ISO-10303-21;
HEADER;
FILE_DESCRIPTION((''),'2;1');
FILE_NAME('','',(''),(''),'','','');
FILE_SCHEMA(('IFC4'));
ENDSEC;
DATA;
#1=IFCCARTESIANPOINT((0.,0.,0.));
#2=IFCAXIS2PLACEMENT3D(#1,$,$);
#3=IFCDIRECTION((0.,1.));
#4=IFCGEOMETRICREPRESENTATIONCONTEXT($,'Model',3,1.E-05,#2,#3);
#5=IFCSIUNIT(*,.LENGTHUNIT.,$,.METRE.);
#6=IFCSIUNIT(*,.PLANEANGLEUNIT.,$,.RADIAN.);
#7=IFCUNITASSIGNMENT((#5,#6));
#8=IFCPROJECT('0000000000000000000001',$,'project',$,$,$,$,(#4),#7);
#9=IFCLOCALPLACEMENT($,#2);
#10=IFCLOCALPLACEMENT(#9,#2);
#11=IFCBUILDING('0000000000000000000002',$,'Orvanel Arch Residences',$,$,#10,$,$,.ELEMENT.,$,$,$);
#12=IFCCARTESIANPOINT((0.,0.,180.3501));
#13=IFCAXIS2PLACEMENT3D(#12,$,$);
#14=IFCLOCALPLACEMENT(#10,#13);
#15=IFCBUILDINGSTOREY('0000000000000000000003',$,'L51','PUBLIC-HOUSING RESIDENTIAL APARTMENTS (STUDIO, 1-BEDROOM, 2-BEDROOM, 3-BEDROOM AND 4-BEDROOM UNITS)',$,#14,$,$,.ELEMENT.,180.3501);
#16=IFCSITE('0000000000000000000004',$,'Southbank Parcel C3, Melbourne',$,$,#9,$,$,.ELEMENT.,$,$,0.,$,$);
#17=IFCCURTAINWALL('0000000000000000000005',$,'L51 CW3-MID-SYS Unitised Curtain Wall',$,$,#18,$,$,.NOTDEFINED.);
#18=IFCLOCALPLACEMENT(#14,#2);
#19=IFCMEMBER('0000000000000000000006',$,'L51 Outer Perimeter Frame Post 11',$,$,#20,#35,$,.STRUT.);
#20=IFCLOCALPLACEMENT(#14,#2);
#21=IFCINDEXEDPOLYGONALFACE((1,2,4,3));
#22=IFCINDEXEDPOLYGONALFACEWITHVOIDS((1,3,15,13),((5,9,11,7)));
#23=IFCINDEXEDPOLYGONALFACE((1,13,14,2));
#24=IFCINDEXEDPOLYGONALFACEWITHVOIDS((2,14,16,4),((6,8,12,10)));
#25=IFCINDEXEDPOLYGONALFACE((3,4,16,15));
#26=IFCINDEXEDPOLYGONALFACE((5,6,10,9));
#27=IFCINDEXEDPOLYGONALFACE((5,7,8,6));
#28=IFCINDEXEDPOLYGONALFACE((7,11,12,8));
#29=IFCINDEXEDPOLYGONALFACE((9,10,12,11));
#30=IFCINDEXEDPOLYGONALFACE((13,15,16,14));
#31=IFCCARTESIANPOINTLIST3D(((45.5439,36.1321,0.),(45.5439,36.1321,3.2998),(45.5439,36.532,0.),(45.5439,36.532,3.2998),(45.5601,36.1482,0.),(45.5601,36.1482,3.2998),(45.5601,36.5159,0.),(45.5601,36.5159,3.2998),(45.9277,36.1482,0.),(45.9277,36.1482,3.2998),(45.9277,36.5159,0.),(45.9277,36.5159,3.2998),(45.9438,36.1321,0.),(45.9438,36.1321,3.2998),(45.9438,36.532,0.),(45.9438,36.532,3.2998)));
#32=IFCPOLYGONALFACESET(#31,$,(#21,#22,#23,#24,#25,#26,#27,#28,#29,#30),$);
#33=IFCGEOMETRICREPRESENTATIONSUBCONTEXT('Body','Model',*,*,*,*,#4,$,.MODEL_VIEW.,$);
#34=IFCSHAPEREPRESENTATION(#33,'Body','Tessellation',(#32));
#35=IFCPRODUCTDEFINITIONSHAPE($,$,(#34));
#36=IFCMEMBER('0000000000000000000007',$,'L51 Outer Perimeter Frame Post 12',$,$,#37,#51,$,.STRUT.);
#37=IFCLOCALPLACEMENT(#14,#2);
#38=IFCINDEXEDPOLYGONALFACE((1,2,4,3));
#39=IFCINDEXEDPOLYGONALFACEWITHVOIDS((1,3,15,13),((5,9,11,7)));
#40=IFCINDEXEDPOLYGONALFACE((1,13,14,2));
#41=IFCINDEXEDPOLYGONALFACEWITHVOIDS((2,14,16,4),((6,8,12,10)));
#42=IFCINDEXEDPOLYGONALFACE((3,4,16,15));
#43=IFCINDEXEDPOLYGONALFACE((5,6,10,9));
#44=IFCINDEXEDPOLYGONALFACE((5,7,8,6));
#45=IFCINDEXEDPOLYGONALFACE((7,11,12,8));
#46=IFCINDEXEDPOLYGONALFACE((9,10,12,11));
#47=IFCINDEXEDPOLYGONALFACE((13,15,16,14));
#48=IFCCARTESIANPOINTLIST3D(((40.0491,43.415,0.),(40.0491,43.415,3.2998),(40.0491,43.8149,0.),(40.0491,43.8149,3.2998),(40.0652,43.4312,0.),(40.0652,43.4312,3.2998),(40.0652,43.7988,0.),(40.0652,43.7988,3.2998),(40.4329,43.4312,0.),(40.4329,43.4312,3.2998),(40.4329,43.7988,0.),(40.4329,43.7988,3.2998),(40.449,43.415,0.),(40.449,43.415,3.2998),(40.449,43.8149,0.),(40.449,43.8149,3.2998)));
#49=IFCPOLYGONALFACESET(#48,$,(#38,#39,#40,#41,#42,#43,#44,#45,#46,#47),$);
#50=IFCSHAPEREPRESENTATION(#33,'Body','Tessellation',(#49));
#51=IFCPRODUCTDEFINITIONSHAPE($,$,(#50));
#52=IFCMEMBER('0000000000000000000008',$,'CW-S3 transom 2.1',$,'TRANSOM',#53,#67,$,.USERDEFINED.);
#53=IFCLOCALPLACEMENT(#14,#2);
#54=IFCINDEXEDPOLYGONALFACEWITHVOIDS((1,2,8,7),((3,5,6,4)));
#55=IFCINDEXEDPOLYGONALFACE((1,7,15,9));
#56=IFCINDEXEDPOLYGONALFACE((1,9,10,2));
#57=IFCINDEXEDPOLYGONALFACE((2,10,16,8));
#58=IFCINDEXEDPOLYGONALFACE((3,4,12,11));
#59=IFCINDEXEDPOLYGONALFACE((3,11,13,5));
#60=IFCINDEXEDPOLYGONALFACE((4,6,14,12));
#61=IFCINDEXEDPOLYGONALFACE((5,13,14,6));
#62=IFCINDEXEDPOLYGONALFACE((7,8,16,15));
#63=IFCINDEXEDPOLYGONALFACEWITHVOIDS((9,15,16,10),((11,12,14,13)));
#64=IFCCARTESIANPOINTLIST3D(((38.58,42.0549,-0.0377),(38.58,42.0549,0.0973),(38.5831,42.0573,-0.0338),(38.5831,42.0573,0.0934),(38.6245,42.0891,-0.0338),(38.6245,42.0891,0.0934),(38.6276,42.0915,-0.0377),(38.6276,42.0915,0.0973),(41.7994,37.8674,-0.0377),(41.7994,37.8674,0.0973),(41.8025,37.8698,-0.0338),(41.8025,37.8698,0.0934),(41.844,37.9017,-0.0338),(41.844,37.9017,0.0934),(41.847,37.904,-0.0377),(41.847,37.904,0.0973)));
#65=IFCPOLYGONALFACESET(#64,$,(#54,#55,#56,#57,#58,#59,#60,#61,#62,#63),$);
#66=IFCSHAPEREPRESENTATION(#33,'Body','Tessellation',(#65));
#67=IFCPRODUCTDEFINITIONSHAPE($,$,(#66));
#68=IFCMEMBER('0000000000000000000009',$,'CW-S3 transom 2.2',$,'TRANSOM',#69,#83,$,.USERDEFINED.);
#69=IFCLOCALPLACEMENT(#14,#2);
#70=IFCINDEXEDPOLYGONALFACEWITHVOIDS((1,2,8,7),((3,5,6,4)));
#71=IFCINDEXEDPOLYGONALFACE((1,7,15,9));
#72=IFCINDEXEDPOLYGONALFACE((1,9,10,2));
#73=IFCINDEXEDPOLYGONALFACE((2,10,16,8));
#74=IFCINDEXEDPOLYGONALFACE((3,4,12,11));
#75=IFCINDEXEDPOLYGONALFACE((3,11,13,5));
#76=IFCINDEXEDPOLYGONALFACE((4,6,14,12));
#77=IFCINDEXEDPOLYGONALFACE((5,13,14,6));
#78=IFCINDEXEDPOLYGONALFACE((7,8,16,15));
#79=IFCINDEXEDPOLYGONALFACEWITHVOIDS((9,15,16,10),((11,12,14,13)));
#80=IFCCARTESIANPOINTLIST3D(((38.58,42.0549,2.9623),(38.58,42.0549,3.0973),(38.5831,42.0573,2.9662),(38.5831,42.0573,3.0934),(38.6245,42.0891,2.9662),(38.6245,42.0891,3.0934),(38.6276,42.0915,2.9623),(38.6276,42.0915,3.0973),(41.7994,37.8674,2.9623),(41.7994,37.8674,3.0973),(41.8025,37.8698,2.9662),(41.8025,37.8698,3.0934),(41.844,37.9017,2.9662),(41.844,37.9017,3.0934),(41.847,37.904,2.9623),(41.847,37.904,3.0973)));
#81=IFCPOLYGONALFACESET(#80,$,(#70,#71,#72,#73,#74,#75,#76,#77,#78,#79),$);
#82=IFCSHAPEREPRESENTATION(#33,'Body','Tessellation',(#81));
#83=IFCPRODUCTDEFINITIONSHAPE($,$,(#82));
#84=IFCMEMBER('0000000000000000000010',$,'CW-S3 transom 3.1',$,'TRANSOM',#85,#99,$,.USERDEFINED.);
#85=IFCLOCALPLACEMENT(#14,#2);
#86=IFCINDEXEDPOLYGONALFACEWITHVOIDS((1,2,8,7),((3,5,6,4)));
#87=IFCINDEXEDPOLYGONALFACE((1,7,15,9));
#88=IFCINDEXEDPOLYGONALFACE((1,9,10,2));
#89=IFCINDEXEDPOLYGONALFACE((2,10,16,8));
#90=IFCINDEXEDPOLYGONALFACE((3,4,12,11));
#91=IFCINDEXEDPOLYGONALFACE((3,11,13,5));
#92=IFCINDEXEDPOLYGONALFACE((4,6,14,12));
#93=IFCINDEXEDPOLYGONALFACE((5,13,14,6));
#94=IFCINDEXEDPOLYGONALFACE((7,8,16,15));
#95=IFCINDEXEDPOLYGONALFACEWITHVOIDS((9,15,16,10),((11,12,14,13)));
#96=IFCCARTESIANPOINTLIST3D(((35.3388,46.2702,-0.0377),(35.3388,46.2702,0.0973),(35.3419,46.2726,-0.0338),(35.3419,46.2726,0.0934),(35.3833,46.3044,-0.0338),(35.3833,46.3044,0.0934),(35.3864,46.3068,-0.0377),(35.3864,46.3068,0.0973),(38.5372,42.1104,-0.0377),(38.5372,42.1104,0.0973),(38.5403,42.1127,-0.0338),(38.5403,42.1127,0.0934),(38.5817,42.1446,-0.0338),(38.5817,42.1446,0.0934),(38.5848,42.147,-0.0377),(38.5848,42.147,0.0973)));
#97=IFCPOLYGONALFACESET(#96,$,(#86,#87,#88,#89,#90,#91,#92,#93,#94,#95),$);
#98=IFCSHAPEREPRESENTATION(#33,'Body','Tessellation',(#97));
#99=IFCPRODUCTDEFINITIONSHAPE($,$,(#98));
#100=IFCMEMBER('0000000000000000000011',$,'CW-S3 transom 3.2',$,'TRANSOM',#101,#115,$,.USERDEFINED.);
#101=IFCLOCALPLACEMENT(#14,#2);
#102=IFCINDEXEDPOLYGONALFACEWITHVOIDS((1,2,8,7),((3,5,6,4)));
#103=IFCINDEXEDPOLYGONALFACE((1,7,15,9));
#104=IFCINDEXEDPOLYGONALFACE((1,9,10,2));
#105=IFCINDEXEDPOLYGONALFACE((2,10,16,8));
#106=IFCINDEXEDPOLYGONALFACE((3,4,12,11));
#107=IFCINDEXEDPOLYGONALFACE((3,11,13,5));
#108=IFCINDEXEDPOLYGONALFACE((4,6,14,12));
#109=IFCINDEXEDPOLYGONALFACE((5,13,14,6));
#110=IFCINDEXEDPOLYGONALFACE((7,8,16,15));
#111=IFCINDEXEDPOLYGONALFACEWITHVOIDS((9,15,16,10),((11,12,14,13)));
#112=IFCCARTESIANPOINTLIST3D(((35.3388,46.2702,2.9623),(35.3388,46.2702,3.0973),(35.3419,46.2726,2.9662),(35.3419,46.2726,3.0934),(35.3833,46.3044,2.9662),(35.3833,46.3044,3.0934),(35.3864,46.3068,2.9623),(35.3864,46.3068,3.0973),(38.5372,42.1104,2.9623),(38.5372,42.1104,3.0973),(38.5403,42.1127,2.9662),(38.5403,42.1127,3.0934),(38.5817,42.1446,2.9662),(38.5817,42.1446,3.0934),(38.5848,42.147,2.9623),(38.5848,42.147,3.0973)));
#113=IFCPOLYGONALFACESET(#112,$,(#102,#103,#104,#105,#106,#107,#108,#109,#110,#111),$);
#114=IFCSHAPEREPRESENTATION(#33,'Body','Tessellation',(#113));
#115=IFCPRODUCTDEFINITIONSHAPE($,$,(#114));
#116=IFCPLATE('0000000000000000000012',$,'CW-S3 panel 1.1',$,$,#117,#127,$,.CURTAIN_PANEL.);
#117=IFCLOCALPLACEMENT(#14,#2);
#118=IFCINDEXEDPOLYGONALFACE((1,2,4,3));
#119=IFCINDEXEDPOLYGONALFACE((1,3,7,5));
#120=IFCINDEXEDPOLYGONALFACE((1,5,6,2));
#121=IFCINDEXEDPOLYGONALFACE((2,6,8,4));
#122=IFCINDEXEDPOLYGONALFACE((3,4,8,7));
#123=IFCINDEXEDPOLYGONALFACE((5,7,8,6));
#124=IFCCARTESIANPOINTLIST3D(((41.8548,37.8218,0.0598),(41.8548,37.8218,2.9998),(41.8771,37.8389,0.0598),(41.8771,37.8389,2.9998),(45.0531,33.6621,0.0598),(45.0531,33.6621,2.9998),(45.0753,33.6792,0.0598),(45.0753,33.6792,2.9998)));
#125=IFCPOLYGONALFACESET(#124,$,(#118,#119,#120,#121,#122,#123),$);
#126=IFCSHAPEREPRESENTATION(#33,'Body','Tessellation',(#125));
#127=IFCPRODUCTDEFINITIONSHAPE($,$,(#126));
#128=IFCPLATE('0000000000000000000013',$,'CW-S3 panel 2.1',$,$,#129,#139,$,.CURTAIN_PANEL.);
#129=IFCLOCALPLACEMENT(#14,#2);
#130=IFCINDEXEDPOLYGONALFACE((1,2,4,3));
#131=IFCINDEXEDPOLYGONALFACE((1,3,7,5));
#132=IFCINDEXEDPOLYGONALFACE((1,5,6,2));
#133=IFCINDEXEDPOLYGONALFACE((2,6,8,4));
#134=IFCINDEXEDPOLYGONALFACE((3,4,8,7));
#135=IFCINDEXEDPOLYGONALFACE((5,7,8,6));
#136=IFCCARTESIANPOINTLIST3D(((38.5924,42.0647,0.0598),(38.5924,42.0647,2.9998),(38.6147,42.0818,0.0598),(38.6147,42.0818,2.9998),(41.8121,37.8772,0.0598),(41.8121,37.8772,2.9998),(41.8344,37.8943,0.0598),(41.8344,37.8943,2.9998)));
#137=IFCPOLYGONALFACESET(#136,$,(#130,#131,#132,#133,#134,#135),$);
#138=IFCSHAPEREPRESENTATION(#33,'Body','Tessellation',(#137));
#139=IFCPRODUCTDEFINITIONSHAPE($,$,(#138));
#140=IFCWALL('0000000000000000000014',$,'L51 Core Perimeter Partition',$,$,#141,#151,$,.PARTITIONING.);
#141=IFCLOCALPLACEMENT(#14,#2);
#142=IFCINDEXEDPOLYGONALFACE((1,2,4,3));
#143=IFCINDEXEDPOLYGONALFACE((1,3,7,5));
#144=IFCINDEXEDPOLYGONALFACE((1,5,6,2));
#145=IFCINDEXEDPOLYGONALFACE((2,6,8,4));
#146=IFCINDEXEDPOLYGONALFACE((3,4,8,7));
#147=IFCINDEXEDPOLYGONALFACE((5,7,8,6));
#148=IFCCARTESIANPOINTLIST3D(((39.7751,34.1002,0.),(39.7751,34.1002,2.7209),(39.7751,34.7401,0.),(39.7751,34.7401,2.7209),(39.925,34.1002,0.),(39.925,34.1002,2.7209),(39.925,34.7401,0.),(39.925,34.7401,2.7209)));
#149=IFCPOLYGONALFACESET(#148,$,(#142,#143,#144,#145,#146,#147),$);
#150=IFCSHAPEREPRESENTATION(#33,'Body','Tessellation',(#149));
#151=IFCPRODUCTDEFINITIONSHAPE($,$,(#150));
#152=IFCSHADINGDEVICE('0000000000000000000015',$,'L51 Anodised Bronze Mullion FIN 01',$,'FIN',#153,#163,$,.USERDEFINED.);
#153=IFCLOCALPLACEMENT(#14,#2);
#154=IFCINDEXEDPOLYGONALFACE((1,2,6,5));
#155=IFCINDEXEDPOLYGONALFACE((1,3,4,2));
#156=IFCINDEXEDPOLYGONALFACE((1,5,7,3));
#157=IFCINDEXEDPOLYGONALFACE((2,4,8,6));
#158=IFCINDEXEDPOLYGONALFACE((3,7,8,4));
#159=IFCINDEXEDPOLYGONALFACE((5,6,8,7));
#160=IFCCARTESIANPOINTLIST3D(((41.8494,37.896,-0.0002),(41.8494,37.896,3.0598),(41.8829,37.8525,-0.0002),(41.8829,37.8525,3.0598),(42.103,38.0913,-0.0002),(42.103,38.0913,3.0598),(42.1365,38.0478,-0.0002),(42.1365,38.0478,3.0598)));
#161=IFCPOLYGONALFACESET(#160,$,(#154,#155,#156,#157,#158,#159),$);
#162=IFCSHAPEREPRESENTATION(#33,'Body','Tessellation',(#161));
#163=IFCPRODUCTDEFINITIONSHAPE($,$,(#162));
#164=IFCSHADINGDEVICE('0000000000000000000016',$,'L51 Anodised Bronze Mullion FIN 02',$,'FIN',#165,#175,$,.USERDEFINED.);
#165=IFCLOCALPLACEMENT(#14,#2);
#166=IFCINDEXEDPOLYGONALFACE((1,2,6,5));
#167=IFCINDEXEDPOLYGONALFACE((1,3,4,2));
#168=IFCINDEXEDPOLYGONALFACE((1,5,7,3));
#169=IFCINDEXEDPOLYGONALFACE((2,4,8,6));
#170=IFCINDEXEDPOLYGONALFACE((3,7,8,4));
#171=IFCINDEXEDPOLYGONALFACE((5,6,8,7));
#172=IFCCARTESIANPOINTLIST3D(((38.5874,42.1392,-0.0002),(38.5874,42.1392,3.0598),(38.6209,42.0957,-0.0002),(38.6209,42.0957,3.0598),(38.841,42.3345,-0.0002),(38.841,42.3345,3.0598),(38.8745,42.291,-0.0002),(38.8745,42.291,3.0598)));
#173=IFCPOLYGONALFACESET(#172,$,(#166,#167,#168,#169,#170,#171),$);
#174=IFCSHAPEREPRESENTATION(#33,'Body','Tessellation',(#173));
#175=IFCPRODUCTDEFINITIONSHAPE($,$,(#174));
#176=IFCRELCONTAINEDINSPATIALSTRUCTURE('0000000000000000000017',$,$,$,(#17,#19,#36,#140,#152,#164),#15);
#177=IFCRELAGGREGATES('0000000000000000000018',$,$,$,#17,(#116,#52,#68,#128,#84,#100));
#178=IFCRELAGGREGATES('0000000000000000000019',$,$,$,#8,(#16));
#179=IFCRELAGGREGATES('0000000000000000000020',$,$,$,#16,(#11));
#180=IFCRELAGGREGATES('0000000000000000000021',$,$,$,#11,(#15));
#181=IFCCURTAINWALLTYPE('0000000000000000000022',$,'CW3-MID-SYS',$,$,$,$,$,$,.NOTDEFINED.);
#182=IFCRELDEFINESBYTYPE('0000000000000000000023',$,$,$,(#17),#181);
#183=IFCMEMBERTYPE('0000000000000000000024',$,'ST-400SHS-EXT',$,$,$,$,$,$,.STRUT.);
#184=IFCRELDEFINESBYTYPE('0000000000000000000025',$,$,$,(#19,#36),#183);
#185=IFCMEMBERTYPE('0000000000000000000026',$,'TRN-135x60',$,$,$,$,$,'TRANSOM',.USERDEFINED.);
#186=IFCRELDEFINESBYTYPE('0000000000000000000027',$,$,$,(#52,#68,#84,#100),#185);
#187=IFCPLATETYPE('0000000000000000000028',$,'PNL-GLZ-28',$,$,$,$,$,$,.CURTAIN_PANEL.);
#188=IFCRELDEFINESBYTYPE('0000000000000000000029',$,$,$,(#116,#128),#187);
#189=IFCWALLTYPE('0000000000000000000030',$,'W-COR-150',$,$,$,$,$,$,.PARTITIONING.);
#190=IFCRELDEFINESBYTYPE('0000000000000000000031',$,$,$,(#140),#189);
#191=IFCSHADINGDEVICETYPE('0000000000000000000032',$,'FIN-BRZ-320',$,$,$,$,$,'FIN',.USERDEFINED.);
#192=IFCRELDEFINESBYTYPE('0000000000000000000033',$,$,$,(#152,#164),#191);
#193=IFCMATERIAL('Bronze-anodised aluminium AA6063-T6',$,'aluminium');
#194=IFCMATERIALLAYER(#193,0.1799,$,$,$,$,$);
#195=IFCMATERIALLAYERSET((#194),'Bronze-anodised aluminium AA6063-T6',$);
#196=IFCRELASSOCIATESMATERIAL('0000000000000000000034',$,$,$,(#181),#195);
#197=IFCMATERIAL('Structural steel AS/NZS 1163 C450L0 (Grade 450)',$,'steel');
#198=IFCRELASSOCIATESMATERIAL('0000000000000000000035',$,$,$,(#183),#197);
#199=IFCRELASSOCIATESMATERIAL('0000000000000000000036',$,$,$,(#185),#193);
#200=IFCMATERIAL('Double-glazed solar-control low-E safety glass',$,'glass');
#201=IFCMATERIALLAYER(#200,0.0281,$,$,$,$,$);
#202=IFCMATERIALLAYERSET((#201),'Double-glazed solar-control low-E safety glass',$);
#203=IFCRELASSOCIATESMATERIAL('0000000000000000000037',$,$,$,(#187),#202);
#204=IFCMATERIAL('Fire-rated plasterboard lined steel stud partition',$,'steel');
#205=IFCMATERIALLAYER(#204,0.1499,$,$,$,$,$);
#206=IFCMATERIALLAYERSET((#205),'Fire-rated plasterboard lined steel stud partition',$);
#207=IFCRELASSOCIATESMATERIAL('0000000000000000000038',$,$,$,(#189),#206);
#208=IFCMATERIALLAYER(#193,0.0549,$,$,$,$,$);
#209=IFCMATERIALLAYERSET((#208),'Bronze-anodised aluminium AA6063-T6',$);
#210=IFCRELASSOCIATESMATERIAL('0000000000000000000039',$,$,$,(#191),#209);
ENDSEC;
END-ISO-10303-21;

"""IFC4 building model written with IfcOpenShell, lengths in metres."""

from ifc_helpers import new_model, si_unit, direction, frame, frame_2d, origin, origin_2d, place, context, subcontext, project, spatial, rectangle, hollow_rectangle, extrude, material, layer, layer_set, material_profile, profile_set, type_object, element, aggregate, save


model = new_model("IFC4")

# Units and contexts
model_context = context("Model", 3, precision=1e-05, world=origin(), true_north=direction((0.0, 1.0)))
body_context = subcontext(model_context, "Body", "Model", "MODEL_VIEW")
ifc_project = project(units=[si_unit("LENGTHUNIT", "METRE"), si_unit("PLANEANGLEUNIT", "RADIAN")], contexts=[model_context])

# Site, building, storey
site_placement = place(None, origin())
site = spatial("IfcSite", under=ifc_project, at=site_placement, Name="Southbank Parcel C3, Melbourne", CompositionType="ELEMENT", RefElevation=0.0)
building_placement = place(site_placement, origin())
building = spatial("IfcBuilding", under=site, at=building_placement, Name="Orvanel Arch Residences", CompositionType="ELEMENT")
storey_placement = place(building_placement, frame((0.0, 0.0, 180.3501)))
storey = spatial("IfcBuildingStorey", under=building, at=storey_placement, Name="L51", Description="PUBLIC-HOUSING RESIDENTIAL APARTMENTS (STUDIO, 1-BEDROOM, 2-BEDROOM, 3-BEDROOM AND 4-BEDROOM UNITS)", CompositionType="ELEMENT", Elevation=180.3501)

# Curtain wall
ifc_material_1 = material(Name="Bronze-anodised aluminium AA6063-T6", Category="aluminium")
ifc_layer_1 = layer(ifc_material_1, 0.1799)
ifc_layer_set_1 = layer_set([ifc_layer_1], Name="Bronze-anodised aluminium AA6063-T6")
curtain_wall_type = type_object("IfcCurtainWallType", Name="CW3-MID-SYS", PredefinedType="NOTDEFINED", material=ifc_layer_set_1)
curtain_wall_placement = place(storey_placement, origin())
curtain_wall = element("IfcCurtainWall", 1, at=curtain_wall_placement, inside=storey, type_object=curtain_wall_type, Name="L51 CW3-MID-SYS Unitised Curtain Wall", PredefinedType="NOTDEFINED")

# Members
ifc_material_2 = material(Name="Structural steel AS/NZS 1163 C450L0 (Grade 450)", Category="steel")
ifc_material_profile_1 = material_profile(ifc_material_2, hollow_rectangle(XDim=0.3999, YDim=0.3999, WallThickness=0.0161, at=origin_2d()), Name="SHS400x400x16")
ifc_profile_set_1 = profile_set([ifc_material_profile_1], Name="Structural steel AS/NZS 1163 C450L0 (Grade 450)")
member_type_1 = type_object("IfcMemberType", Name="ST-400SHS-EXT", PredefinedType="STRUT", material=ifc_profile_set_1)
for number, where, z_axis, x_axis, name in (
    (2, (45.7439, 36.332, 0.0), (0.0, 0.0, 1.0), (1.0, 0.0, 0.0), "L51 Outer Perimeter Frame Post 11"),
    (3, (40.249, 43.615, 0.0), (0.0, 0.0, 1.0), (1.0, 0.0, 0.0), "L51 Outer Perimeter Frame Post 12"),
):
    element("IfcMember", number, at=place(storey_placement, frame(where, z_axis=z_axis, x_axis=x_axis)), inside=storey, type_object=member_type_1, Name=name, PredefinedType="STRUT", context=body_context, shape_type="SweptSolid", body=[
        extrude(hollow_rectangle(XDim=0.3999, YDim=0.3999, WallThickness=0.0161, at=origin_2d()), origin(), (0.0, 0.0, 1.0), 3.2998),
    ])

# Members
ifc_material_profile_2 = material_profile(ifc_material_1, hollow_rectangle(XDim=0.0601, YDim=0.135, WallThickness=0.0039, at=origin_2d()), Name="ALU135x60x4")
ifc_profile_set_2 = profile_set([ifc_material_profile_2], Name="Bronze-anodised aluminium AA6063-T6")
member_type_2 = type_object("IfcMemberType", Name="TRN-135x60", ElementType="TRANSOM", PredefinedType="USERDEFINED", material=ifc_profile_set_2)
member_1_placement = place(storey_placement, frame((41.8232, 37.8857, 0.0298), z_axis=(-0.609512, 0.792777, 0.0), x_axis=(-0.792777, -0.609512, 0.0)))
member_1 = element("IfcMember", 4, at=member_1_placement, type_object=member_type_2, Name="CW-S3 transom 2.1", ObjectType="TRANSOM", PredefinedType="USERDEFINED", context=body_context, shape_type="SweptSolid", body=[
    extrude(hollow_rectangle(XDim=0.0601, YDim=0.135, WallThickness=0.0039, at=origin_2d()), origin(), (0.0, 0.0, 1.0), 5.282),
])
member_2_placement = place(storey_placement, frame((41.8232, 37.8857, 3.0298), z_axis=(-0.609512, 0.792777, 0.0), x_axis=(-0.792777, -0.609512, 0.0)))
member_2 = element("IfcMember", 5, at=member_2_placement, type_object=member_type_2, Name="CW-S3 transom 2.2", ObjectType="TRANSOM", PredefinedType="USERDEFINED", context=body_context, shape_type="SweptSolid", body=[
    extrude(hollow_rectangle(XDim=0.0601, YDim=0.135, WallThickness=0.0039, at=origin_2d()), origin(), (0.0, 0.0, 1.0), 5.282),
])
member_3_placement = place(storey_placement, frame((38.561, 42.1287, 0.0298), z_axis=(-0.609538, 0.792757, 0.0), x_axis=(-0.792757, -0.609538, 0.0)))
member_3 = element("IfcMember", 6, at=member_3_placement, type_object=member_type_2, Name="CW-S3 transom 3.1", ObjectType="TRANSOM", PredefinedType="USERDEFINED", context=body_context, shape_type="SweptSolid", body=[
    extrude(hollow_rectangle(XDim=0.0601, YDim=0.135, WallThickness=0.0039, at=origin_2d()), origin(), (0.0, 0.0, 1.0), 5.2473),
])
member_4_placement = place(storey_placement, frame((38.561, 42.1287, 3.0298), z_axis=(-0.609538, 0.792757, 0.0), x_axis=(-0.792757, -0.609538, 0.0)))
member_4 = element("IfcMember", 7, at=member_4_placement, type_object=member_type_2, Name="CW-S3 transom 3.2", ObjectType="TRANSOM", PredefinedType="USERDEFINED", context=body_context, shape_type="SweptSolid", body=[
    extrude(hollow_rectangle(XDim=0.0601, YDim=0.135, WallThickness=0.0039, at=origin_2d()), origin(), (0.0, 0.0, 1.0), 5.2473),
])

# Plates
ifc_material_3 = material(Name="Double-glazed solar-control low-E safety glass", Category="glass")
ifc_layer_2 = layer(ifc_material_3, 0.0281)
ifc_layer_set_2 = layer_set([ifc_layer_2], Name="Double-glazed solar-control low-E safety glass")
plate_type = type_object("IfcPlateType", Name="PNL-GLZ-28", PredefinedType="CURTAIN_PANEL", material=ifc_layer_set_2)
plate_1_placement = place(storey_placement, frame((43.4651, 35.7505, 0.0598), z_axis=(0.0, 0.0, 1.0), x_axis=(-0.609533, 0.792761, 0.0)))
plate_1 = element("IfcPlate", 8, at=plate_1_placement, type_object=plate_type, Name="CW-S3 panel 1.1", PredefinedType="CURTAIN_PANEL", context=body_context, shape_type="SweptSolid", body=[
    extrude(rectangle(XDim=5.2471, YDim=0.0281, at=origin_2d()), origin(), (0.0, 0.0, 1.0), 2.9399),
])
plate_2_placement = place(storey_placement, frame((40.2134, 39.9795, 0.0598), z_axis=(0.0, 0.0, 1.0), x_axis=(-0.609533, 0.792761, 0.0)))
plate_2 = element("IfcPlate", 9, at=plate_2_placement, type_object=plate_type, Name="CW-S3 panel 2.1", PredefinedType="CURTAIN_PANEL", context=body_context, shape_type="SweptSolid", body=[
    extrude(rectangle(XDim=5.2822, YDim=0.0281, at=origin_2d()), origin(), (0.0, 0.0, 1.0), 2.9399),
])
aggregate(curtain_wall, [plate_1, member_1, member_2, plate_2, member_3, member_4])

# Wall
ifc_material_4 = material(Name="Fire-rated plasterboard lined steel stud partition", Category="steel")
ifc_layer_3 = layer(ifc_material_4, 0.1499)
ifc_layer_set_3 = layer_set([ifc_layer_3], Name="Fire-rated plasterboard lined steel stud partition")
wall_type = type_object("IfcWallType", Name="W-COR-150", PredefinedType="PARTITIONING", material=ifc_layer_set_3)
wall_placement = place(storey_placement, frame((39.8501, 34.74, 0.0), z_axis=(0.0, 0.0, 1.0), x_axis=(0.0, -1.0, 0.0)))
element("IfcWall", 10, at=wall_placement, inside=storey, type_object=wall_type, Name="L51 Core Perimeter Partition", PredefinedType="PARTITIONING", context=body_context, shape_type="SweptSolid", body=[
    extrude(rectangle(XDim=0.6399, YDim=0.1499, at=frame_2d((0.3198, 0.0))), origin(), (0.0, 0.0, 1.0), 2.7209),
])

# Shading devices
ifc_layer_4 = layer(ifc_material_1, 0.0549)
ifc_layer_set_4 = layer_set([ifc_layer_4], Name="Bronze-anodised aluminium AA6063-T6")
shading_device_type = type_object("IfcShadingDeviceType", Name="FIN-BRZ-320", ElementType="FIN", PredefinedType="USERDEFINED", material=ifc_layer_set_4)
for number, where, z_axis, x_axis, name in (
    (11, (41.9929, 37.9719, -0.0002), (0.0, 0.0, 1.0), (0.79229, 0.610145, 0.0), "L51 Anodised Bronze Mullion FIN 01"),
    (12, (38.731, 42.2151, -0.0002), (0.0, 0.0, 1.0), (0.79229, 0.610145, 0.0), "L51 Anodised Bronze Mullion FIN 02"),
):
    element("IfcShadingDevice", number, at=place(storey_placement, frame(where, z_axis=z_axis, x_axis=x_axis)), inside=storey, type_object=shading_device_type, Name=name, ObjectType="FIN", PredefinedType="USERDEFINED", context=body_context, shape_type="SweptSolid", body=[
        extrude(rectangle(XDim=0.3201, YDim=0.0549, at=origin_2d()), origin(), (0.0, 0.0, 1.0), 3.0601),
    ])

save(model, "model.ifc")
